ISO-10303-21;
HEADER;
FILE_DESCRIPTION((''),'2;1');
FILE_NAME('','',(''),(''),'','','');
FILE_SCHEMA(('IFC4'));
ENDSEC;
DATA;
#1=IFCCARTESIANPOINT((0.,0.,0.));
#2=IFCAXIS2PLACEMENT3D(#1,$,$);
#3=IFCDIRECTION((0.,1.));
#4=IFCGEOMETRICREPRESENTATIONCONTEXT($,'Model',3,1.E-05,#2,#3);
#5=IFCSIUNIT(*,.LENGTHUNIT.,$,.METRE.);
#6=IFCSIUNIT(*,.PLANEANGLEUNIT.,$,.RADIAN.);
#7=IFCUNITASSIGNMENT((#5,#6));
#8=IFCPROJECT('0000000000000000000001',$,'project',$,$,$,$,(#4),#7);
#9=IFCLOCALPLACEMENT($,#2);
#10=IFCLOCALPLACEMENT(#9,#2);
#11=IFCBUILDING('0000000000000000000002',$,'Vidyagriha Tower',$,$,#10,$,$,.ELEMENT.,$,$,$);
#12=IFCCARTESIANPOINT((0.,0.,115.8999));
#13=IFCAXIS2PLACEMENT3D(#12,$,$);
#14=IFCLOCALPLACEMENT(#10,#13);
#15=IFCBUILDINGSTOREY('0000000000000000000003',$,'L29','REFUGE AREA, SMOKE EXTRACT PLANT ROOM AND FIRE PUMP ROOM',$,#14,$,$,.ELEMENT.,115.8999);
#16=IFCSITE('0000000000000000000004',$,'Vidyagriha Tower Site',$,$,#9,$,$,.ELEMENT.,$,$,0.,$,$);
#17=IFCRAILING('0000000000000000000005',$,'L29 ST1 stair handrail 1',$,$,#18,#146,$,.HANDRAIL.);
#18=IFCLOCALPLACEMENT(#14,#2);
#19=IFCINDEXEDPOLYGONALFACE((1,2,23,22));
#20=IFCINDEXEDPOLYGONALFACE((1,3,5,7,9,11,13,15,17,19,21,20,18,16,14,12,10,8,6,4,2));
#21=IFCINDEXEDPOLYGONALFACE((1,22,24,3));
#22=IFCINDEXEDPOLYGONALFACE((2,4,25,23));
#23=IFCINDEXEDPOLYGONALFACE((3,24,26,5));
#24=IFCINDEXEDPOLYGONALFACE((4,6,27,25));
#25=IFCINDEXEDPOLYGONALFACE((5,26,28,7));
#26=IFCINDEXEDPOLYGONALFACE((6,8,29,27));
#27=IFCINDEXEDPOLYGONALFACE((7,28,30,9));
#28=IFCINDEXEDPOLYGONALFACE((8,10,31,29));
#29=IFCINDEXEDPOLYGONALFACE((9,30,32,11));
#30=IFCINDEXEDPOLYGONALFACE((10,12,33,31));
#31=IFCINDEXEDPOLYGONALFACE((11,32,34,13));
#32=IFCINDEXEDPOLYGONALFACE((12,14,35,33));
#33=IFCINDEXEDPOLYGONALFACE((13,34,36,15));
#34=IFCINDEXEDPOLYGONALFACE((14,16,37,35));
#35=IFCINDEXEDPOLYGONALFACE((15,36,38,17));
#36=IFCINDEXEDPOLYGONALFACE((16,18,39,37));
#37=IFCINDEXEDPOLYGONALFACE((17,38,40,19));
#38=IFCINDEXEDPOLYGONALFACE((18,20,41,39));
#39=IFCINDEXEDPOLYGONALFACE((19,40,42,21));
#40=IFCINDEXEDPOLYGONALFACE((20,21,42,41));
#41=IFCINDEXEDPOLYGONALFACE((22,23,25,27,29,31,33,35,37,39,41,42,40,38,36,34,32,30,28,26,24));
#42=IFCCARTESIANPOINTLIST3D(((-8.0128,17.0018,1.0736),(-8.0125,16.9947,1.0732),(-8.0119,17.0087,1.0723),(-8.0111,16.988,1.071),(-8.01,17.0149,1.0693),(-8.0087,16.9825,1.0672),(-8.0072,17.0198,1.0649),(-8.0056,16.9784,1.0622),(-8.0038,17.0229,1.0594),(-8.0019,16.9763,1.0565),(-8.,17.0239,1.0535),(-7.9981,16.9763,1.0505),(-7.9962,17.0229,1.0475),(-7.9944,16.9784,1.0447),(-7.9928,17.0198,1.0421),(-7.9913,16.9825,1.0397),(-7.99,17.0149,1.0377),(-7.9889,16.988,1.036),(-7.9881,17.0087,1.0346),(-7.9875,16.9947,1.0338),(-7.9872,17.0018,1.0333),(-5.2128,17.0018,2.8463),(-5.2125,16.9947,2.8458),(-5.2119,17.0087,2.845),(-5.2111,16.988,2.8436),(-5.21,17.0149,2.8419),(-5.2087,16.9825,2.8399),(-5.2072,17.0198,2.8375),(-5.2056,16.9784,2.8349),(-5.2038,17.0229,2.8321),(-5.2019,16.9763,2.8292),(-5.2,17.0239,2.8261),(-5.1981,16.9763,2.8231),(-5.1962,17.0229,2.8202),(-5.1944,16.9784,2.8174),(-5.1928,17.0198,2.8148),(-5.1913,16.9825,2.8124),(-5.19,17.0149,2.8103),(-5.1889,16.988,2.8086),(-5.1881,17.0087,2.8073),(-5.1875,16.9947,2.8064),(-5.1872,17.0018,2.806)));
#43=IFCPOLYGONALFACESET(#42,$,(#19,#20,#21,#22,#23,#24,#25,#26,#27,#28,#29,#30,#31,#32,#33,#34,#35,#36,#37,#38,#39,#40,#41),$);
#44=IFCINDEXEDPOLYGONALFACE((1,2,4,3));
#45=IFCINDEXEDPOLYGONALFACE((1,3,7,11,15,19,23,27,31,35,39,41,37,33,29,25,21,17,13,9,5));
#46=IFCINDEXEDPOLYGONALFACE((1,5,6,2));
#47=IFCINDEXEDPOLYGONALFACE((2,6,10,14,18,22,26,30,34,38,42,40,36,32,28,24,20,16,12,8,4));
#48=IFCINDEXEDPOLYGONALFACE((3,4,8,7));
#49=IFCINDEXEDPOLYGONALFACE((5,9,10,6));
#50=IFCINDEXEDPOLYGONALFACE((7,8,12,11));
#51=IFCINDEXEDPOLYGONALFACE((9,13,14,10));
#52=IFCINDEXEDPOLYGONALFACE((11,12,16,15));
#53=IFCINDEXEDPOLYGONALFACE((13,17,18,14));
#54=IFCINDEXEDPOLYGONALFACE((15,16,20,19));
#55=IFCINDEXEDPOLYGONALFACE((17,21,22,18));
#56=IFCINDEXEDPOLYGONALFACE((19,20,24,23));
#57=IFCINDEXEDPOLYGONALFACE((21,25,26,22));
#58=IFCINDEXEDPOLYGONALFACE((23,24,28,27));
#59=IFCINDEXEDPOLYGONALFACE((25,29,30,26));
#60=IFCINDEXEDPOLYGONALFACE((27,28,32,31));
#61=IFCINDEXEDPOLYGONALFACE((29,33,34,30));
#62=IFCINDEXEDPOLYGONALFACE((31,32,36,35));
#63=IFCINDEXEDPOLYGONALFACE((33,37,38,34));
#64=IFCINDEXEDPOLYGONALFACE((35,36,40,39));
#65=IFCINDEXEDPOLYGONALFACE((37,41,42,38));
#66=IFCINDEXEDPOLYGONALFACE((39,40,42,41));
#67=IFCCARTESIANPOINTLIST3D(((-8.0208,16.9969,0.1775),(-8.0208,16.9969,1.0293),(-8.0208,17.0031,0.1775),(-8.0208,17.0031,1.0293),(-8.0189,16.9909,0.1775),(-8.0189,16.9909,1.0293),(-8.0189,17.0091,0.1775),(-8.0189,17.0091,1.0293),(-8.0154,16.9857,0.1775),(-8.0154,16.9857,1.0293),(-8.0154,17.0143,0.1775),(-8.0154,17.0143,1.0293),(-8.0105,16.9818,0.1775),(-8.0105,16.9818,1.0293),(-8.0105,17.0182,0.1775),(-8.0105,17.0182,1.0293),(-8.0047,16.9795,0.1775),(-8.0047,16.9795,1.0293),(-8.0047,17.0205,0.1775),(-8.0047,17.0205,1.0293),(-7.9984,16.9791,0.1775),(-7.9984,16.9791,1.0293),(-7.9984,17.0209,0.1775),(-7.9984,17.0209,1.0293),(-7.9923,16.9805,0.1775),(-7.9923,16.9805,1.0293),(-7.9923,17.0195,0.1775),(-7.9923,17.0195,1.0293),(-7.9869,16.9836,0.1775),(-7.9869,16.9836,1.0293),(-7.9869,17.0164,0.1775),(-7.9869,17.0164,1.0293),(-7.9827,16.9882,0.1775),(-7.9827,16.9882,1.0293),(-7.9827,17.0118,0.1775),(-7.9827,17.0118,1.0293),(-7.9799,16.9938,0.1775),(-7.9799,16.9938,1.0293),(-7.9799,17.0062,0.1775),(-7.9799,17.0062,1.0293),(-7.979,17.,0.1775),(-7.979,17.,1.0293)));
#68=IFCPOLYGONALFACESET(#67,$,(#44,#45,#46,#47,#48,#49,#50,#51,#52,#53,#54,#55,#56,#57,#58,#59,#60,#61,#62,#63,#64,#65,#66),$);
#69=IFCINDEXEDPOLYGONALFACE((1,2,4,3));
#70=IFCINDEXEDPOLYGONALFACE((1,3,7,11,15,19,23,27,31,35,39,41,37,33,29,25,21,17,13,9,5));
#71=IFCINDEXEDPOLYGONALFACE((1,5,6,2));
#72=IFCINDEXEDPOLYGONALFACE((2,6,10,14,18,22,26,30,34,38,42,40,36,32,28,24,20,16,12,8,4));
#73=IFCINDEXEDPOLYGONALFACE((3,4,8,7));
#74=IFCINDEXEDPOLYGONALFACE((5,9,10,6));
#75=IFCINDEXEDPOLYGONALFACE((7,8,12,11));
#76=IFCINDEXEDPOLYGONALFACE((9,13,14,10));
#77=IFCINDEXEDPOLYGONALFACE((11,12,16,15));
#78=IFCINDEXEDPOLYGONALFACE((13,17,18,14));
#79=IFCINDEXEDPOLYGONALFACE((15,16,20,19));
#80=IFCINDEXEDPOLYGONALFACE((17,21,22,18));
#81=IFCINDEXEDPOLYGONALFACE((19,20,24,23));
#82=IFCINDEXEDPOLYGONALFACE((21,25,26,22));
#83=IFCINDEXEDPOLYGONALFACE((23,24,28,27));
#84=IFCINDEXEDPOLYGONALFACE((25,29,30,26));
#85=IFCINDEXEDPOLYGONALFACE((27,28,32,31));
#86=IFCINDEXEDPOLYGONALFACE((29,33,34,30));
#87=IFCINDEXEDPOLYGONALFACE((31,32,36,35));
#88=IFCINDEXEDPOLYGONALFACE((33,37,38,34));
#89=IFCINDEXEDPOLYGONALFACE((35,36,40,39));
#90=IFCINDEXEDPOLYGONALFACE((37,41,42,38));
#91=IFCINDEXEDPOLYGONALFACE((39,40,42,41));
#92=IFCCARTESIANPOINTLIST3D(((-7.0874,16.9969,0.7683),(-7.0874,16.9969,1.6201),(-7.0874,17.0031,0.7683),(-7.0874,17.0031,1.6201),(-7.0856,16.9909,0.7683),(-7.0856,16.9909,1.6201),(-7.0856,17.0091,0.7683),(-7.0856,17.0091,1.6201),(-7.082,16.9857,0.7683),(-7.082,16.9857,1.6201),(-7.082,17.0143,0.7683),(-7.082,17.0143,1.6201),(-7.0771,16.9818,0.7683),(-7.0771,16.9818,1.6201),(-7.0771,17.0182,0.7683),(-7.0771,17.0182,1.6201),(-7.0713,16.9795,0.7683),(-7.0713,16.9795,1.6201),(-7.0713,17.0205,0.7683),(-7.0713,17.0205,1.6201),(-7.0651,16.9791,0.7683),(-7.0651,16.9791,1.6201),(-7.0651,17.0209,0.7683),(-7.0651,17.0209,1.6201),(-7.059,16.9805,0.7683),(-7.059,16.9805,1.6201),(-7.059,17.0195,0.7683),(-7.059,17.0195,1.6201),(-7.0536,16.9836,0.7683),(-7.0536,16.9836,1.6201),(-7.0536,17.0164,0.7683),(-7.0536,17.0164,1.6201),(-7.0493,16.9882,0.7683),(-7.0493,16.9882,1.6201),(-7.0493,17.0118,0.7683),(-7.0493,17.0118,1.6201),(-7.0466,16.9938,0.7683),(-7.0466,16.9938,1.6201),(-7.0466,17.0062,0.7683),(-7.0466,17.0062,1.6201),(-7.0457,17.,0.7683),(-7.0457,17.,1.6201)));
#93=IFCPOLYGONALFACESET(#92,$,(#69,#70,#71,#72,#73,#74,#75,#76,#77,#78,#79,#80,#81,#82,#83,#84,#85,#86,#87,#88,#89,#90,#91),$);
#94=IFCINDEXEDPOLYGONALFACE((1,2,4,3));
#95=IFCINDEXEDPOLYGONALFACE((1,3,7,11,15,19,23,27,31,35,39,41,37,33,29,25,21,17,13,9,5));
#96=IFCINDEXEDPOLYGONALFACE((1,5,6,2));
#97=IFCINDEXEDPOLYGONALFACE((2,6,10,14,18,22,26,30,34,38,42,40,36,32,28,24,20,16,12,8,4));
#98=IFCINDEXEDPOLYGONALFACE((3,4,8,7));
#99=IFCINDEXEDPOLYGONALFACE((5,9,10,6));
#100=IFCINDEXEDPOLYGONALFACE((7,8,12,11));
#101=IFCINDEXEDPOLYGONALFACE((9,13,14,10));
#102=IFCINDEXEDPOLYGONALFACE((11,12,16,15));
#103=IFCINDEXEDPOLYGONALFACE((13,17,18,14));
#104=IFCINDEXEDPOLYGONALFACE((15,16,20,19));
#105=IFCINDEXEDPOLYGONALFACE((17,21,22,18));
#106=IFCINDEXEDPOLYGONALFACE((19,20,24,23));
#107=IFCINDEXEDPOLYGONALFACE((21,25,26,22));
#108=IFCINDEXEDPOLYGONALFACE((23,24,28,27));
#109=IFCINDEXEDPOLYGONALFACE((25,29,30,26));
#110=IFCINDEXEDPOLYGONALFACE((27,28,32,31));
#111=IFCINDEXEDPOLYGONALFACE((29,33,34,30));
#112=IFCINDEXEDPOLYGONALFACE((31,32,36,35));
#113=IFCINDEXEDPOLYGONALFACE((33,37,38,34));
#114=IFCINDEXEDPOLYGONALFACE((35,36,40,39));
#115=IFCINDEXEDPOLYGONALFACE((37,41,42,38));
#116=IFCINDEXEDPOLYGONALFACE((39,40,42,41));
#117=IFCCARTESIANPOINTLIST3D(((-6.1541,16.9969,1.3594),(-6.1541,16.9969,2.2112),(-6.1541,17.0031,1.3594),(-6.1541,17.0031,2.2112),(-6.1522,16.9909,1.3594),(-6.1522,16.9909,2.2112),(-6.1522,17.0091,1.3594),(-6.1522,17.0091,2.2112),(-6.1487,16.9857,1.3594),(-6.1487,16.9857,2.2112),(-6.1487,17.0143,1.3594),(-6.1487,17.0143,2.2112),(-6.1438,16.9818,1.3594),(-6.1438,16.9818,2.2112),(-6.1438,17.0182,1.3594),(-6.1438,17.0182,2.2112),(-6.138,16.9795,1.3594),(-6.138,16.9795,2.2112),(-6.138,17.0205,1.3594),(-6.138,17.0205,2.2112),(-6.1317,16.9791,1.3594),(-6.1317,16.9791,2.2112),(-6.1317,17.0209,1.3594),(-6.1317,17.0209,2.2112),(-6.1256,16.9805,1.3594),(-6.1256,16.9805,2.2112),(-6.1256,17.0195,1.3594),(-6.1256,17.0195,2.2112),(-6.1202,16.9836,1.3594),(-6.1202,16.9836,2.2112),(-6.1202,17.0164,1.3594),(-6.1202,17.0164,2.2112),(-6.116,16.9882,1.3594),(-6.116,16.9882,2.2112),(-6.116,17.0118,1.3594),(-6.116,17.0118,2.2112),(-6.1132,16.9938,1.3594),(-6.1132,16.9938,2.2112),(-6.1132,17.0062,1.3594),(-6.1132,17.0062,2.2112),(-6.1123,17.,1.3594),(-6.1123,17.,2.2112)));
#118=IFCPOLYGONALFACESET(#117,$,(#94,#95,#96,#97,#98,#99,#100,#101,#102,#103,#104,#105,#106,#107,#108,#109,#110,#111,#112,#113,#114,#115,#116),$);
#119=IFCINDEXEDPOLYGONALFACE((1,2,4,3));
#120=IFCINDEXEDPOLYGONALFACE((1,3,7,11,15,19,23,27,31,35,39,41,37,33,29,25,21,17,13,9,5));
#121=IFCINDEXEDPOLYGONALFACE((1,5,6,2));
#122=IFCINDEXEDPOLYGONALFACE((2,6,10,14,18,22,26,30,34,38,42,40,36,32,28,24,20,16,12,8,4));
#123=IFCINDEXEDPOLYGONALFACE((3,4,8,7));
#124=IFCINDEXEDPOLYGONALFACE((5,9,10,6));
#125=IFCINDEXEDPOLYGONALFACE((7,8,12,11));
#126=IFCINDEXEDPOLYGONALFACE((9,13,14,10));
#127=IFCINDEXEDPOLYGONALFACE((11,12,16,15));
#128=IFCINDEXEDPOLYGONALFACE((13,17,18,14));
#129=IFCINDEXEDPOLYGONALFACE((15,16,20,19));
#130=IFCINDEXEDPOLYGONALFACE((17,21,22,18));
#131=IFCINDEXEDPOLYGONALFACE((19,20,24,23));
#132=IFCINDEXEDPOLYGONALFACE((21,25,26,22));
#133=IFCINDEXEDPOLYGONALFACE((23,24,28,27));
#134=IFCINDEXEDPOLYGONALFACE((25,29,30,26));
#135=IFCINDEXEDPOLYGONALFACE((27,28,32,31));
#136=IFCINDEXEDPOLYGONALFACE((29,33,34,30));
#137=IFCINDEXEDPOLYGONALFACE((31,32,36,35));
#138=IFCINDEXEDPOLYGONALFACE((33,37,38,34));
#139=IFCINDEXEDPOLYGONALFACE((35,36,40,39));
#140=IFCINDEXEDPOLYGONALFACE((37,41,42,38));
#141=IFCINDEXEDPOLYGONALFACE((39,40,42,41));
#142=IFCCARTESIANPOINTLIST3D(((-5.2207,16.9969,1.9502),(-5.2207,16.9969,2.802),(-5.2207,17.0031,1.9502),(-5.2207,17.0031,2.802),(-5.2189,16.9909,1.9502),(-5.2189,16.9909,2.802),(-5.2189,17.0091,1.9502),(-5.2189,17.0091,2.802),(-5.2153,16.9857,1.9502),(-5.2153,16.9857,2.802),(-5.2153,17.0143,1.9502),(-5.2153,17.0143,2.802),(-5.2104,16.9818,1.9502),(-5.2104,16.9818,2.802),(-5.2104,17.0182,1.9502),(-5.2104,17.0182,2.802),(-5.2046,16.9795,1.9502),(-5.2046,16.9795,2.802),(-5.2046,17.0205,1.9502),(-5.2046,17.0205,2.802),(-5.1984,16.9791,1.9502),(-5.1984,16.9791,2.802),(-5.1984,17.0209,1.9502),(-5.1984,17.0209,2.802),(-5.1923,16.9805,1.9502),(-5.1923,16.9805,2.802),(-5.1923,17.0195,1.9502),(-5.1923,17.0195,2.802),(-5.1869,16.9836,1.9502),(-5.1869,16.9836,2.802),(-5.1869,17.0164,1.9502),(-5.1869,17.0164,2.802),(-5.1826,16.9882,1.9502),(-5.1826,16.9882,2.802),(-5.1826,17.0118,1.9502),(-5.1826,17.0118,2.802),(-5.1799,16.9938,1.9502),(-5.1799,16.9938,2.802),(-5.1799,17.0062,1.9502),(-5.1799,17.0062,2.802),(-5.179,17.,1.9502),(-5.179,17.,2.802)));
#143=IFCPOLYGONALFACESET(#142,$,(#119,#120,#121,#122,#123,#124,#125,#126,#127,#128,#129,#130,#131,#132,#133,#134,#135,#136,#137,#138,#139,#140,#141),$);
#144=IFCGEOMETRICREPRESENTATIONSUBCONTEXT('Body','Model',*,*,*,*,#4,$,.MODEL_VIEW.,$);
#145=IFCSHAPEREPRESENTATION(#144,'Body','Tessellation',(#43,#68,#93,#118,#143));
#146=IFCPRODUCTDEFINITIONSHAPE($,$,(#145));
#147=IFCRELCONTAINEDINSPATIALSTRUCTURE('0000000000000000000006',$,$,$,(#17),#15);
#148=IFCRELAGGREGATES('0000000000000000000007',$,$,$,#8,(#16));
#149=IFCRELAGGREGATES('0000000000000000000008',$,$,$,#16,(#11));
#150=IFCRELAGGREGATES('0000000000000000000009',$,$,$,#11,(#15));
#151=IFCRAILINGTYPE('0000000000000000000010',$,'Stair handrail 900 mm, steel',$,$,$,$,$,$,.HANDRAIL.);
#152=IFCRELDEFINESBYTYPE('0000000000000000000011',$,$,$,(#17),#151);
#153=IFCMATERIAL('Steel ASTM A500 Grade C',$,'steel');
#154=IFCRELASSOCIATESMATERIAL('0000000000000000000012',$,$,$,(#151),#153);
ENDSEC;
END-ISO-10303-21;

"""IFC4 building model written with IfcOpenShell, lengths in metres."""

from ifc_helpers import new_model, si_unit, direction, frame, origin, origin_2d, place, context, subcontext, project, spatial, circle, extrude, material, type_object, element, save


model = new_model("IFC4")

# Units and contexts
model_context = context("Model", 3, precision=1e-05, world=origin(), true_north=direction((0.0, 1.0)))
body_context = subcontext(model_context, "Body", "Model", "MODEL_VIEW")
ifc_project = project(units=[si_unit("LENGTHUNIT", "METRE"), si_unit("PLANEANGLEUNIT", "RADIAN")], contexts=[model_context])

# Site, building, storey
site_placement = place(None, origin())
site = spatial("IfcSite", under=ifc_project, at=site_placement, Name="Vidyagriha Tower Site", CompositionType="ELEMENT", RefElevation=0.0)
building_placement = place(site_placement, origin())
building = spatial("IfcBuilding", under=site, at=building_placement, Name="Vidyagriha Tower", CompositionType="ELEMENT")
storey_placement = place(building_placement, frame((0.0, 0.0, 115.8999)))
storey = spatial("IfcBuildingStorey", under=building, at=storey_placement, Name="L29", Description="REFUGE AREA, SMOKE EXTRACT PLANT ROOM AND FIRE PUMP ROOM", CompositionType="ELEMENT", Elevation=115.8999)

# Railing
ifc_material_1 = material(Name="Steel ASTM A500 Grade C", Category="steel")
railing_type = type_object("IfcRailingType", Name="Stair handrail 900 mm, steel", PredefinedType="HANDRAIL", material=ifc_material_1)
for number, where, name in (
    (1, (-8.0, 17.0, 0.1775), "L29 ST1 stair handrail 1"),
):
    element("IfcRailing", number, at=place(storey_placement, frame(where)), inside=storey, type_object=railing_type, Name=name, PredefinedType="HANDRAIL", context=body_context, shape_type="SweptSolid", body=[
        extrude(circle(Radius=0.0239, at=origin_2d()), frame((0.0, 0.0, 0.876), z_axis=(0.844909, 0.0, 0.53491), x_axis=(0.0, 1.0, 0.0)), (0.0, 0.0, 1.0), 3.314),
        extrude(circle(Radius=0.021, at=origin_2d()), origin(), (0.0, 0.0, 1.0), 0.8518),
        extrude(circle(Radius=0.021, at=origin_2d()), frame((0.9333, 0.0, 0.5908)), (0.0, 0.0, 1.0), 0.8518),
        extrude(circle(Radius=0.021, at=origin_2d()), frame((1.8667, 0.0, 1.1819)), (0.0, 0.0, 1.0), 0.8518),
        extrude(circle(Radius=0.021, at=origin_2d()), frame((2.8, 0.0, 1.7727)), (0.0, 0.0, 1.0), 0.8518),
    ])

save(model, "model.ifc")
